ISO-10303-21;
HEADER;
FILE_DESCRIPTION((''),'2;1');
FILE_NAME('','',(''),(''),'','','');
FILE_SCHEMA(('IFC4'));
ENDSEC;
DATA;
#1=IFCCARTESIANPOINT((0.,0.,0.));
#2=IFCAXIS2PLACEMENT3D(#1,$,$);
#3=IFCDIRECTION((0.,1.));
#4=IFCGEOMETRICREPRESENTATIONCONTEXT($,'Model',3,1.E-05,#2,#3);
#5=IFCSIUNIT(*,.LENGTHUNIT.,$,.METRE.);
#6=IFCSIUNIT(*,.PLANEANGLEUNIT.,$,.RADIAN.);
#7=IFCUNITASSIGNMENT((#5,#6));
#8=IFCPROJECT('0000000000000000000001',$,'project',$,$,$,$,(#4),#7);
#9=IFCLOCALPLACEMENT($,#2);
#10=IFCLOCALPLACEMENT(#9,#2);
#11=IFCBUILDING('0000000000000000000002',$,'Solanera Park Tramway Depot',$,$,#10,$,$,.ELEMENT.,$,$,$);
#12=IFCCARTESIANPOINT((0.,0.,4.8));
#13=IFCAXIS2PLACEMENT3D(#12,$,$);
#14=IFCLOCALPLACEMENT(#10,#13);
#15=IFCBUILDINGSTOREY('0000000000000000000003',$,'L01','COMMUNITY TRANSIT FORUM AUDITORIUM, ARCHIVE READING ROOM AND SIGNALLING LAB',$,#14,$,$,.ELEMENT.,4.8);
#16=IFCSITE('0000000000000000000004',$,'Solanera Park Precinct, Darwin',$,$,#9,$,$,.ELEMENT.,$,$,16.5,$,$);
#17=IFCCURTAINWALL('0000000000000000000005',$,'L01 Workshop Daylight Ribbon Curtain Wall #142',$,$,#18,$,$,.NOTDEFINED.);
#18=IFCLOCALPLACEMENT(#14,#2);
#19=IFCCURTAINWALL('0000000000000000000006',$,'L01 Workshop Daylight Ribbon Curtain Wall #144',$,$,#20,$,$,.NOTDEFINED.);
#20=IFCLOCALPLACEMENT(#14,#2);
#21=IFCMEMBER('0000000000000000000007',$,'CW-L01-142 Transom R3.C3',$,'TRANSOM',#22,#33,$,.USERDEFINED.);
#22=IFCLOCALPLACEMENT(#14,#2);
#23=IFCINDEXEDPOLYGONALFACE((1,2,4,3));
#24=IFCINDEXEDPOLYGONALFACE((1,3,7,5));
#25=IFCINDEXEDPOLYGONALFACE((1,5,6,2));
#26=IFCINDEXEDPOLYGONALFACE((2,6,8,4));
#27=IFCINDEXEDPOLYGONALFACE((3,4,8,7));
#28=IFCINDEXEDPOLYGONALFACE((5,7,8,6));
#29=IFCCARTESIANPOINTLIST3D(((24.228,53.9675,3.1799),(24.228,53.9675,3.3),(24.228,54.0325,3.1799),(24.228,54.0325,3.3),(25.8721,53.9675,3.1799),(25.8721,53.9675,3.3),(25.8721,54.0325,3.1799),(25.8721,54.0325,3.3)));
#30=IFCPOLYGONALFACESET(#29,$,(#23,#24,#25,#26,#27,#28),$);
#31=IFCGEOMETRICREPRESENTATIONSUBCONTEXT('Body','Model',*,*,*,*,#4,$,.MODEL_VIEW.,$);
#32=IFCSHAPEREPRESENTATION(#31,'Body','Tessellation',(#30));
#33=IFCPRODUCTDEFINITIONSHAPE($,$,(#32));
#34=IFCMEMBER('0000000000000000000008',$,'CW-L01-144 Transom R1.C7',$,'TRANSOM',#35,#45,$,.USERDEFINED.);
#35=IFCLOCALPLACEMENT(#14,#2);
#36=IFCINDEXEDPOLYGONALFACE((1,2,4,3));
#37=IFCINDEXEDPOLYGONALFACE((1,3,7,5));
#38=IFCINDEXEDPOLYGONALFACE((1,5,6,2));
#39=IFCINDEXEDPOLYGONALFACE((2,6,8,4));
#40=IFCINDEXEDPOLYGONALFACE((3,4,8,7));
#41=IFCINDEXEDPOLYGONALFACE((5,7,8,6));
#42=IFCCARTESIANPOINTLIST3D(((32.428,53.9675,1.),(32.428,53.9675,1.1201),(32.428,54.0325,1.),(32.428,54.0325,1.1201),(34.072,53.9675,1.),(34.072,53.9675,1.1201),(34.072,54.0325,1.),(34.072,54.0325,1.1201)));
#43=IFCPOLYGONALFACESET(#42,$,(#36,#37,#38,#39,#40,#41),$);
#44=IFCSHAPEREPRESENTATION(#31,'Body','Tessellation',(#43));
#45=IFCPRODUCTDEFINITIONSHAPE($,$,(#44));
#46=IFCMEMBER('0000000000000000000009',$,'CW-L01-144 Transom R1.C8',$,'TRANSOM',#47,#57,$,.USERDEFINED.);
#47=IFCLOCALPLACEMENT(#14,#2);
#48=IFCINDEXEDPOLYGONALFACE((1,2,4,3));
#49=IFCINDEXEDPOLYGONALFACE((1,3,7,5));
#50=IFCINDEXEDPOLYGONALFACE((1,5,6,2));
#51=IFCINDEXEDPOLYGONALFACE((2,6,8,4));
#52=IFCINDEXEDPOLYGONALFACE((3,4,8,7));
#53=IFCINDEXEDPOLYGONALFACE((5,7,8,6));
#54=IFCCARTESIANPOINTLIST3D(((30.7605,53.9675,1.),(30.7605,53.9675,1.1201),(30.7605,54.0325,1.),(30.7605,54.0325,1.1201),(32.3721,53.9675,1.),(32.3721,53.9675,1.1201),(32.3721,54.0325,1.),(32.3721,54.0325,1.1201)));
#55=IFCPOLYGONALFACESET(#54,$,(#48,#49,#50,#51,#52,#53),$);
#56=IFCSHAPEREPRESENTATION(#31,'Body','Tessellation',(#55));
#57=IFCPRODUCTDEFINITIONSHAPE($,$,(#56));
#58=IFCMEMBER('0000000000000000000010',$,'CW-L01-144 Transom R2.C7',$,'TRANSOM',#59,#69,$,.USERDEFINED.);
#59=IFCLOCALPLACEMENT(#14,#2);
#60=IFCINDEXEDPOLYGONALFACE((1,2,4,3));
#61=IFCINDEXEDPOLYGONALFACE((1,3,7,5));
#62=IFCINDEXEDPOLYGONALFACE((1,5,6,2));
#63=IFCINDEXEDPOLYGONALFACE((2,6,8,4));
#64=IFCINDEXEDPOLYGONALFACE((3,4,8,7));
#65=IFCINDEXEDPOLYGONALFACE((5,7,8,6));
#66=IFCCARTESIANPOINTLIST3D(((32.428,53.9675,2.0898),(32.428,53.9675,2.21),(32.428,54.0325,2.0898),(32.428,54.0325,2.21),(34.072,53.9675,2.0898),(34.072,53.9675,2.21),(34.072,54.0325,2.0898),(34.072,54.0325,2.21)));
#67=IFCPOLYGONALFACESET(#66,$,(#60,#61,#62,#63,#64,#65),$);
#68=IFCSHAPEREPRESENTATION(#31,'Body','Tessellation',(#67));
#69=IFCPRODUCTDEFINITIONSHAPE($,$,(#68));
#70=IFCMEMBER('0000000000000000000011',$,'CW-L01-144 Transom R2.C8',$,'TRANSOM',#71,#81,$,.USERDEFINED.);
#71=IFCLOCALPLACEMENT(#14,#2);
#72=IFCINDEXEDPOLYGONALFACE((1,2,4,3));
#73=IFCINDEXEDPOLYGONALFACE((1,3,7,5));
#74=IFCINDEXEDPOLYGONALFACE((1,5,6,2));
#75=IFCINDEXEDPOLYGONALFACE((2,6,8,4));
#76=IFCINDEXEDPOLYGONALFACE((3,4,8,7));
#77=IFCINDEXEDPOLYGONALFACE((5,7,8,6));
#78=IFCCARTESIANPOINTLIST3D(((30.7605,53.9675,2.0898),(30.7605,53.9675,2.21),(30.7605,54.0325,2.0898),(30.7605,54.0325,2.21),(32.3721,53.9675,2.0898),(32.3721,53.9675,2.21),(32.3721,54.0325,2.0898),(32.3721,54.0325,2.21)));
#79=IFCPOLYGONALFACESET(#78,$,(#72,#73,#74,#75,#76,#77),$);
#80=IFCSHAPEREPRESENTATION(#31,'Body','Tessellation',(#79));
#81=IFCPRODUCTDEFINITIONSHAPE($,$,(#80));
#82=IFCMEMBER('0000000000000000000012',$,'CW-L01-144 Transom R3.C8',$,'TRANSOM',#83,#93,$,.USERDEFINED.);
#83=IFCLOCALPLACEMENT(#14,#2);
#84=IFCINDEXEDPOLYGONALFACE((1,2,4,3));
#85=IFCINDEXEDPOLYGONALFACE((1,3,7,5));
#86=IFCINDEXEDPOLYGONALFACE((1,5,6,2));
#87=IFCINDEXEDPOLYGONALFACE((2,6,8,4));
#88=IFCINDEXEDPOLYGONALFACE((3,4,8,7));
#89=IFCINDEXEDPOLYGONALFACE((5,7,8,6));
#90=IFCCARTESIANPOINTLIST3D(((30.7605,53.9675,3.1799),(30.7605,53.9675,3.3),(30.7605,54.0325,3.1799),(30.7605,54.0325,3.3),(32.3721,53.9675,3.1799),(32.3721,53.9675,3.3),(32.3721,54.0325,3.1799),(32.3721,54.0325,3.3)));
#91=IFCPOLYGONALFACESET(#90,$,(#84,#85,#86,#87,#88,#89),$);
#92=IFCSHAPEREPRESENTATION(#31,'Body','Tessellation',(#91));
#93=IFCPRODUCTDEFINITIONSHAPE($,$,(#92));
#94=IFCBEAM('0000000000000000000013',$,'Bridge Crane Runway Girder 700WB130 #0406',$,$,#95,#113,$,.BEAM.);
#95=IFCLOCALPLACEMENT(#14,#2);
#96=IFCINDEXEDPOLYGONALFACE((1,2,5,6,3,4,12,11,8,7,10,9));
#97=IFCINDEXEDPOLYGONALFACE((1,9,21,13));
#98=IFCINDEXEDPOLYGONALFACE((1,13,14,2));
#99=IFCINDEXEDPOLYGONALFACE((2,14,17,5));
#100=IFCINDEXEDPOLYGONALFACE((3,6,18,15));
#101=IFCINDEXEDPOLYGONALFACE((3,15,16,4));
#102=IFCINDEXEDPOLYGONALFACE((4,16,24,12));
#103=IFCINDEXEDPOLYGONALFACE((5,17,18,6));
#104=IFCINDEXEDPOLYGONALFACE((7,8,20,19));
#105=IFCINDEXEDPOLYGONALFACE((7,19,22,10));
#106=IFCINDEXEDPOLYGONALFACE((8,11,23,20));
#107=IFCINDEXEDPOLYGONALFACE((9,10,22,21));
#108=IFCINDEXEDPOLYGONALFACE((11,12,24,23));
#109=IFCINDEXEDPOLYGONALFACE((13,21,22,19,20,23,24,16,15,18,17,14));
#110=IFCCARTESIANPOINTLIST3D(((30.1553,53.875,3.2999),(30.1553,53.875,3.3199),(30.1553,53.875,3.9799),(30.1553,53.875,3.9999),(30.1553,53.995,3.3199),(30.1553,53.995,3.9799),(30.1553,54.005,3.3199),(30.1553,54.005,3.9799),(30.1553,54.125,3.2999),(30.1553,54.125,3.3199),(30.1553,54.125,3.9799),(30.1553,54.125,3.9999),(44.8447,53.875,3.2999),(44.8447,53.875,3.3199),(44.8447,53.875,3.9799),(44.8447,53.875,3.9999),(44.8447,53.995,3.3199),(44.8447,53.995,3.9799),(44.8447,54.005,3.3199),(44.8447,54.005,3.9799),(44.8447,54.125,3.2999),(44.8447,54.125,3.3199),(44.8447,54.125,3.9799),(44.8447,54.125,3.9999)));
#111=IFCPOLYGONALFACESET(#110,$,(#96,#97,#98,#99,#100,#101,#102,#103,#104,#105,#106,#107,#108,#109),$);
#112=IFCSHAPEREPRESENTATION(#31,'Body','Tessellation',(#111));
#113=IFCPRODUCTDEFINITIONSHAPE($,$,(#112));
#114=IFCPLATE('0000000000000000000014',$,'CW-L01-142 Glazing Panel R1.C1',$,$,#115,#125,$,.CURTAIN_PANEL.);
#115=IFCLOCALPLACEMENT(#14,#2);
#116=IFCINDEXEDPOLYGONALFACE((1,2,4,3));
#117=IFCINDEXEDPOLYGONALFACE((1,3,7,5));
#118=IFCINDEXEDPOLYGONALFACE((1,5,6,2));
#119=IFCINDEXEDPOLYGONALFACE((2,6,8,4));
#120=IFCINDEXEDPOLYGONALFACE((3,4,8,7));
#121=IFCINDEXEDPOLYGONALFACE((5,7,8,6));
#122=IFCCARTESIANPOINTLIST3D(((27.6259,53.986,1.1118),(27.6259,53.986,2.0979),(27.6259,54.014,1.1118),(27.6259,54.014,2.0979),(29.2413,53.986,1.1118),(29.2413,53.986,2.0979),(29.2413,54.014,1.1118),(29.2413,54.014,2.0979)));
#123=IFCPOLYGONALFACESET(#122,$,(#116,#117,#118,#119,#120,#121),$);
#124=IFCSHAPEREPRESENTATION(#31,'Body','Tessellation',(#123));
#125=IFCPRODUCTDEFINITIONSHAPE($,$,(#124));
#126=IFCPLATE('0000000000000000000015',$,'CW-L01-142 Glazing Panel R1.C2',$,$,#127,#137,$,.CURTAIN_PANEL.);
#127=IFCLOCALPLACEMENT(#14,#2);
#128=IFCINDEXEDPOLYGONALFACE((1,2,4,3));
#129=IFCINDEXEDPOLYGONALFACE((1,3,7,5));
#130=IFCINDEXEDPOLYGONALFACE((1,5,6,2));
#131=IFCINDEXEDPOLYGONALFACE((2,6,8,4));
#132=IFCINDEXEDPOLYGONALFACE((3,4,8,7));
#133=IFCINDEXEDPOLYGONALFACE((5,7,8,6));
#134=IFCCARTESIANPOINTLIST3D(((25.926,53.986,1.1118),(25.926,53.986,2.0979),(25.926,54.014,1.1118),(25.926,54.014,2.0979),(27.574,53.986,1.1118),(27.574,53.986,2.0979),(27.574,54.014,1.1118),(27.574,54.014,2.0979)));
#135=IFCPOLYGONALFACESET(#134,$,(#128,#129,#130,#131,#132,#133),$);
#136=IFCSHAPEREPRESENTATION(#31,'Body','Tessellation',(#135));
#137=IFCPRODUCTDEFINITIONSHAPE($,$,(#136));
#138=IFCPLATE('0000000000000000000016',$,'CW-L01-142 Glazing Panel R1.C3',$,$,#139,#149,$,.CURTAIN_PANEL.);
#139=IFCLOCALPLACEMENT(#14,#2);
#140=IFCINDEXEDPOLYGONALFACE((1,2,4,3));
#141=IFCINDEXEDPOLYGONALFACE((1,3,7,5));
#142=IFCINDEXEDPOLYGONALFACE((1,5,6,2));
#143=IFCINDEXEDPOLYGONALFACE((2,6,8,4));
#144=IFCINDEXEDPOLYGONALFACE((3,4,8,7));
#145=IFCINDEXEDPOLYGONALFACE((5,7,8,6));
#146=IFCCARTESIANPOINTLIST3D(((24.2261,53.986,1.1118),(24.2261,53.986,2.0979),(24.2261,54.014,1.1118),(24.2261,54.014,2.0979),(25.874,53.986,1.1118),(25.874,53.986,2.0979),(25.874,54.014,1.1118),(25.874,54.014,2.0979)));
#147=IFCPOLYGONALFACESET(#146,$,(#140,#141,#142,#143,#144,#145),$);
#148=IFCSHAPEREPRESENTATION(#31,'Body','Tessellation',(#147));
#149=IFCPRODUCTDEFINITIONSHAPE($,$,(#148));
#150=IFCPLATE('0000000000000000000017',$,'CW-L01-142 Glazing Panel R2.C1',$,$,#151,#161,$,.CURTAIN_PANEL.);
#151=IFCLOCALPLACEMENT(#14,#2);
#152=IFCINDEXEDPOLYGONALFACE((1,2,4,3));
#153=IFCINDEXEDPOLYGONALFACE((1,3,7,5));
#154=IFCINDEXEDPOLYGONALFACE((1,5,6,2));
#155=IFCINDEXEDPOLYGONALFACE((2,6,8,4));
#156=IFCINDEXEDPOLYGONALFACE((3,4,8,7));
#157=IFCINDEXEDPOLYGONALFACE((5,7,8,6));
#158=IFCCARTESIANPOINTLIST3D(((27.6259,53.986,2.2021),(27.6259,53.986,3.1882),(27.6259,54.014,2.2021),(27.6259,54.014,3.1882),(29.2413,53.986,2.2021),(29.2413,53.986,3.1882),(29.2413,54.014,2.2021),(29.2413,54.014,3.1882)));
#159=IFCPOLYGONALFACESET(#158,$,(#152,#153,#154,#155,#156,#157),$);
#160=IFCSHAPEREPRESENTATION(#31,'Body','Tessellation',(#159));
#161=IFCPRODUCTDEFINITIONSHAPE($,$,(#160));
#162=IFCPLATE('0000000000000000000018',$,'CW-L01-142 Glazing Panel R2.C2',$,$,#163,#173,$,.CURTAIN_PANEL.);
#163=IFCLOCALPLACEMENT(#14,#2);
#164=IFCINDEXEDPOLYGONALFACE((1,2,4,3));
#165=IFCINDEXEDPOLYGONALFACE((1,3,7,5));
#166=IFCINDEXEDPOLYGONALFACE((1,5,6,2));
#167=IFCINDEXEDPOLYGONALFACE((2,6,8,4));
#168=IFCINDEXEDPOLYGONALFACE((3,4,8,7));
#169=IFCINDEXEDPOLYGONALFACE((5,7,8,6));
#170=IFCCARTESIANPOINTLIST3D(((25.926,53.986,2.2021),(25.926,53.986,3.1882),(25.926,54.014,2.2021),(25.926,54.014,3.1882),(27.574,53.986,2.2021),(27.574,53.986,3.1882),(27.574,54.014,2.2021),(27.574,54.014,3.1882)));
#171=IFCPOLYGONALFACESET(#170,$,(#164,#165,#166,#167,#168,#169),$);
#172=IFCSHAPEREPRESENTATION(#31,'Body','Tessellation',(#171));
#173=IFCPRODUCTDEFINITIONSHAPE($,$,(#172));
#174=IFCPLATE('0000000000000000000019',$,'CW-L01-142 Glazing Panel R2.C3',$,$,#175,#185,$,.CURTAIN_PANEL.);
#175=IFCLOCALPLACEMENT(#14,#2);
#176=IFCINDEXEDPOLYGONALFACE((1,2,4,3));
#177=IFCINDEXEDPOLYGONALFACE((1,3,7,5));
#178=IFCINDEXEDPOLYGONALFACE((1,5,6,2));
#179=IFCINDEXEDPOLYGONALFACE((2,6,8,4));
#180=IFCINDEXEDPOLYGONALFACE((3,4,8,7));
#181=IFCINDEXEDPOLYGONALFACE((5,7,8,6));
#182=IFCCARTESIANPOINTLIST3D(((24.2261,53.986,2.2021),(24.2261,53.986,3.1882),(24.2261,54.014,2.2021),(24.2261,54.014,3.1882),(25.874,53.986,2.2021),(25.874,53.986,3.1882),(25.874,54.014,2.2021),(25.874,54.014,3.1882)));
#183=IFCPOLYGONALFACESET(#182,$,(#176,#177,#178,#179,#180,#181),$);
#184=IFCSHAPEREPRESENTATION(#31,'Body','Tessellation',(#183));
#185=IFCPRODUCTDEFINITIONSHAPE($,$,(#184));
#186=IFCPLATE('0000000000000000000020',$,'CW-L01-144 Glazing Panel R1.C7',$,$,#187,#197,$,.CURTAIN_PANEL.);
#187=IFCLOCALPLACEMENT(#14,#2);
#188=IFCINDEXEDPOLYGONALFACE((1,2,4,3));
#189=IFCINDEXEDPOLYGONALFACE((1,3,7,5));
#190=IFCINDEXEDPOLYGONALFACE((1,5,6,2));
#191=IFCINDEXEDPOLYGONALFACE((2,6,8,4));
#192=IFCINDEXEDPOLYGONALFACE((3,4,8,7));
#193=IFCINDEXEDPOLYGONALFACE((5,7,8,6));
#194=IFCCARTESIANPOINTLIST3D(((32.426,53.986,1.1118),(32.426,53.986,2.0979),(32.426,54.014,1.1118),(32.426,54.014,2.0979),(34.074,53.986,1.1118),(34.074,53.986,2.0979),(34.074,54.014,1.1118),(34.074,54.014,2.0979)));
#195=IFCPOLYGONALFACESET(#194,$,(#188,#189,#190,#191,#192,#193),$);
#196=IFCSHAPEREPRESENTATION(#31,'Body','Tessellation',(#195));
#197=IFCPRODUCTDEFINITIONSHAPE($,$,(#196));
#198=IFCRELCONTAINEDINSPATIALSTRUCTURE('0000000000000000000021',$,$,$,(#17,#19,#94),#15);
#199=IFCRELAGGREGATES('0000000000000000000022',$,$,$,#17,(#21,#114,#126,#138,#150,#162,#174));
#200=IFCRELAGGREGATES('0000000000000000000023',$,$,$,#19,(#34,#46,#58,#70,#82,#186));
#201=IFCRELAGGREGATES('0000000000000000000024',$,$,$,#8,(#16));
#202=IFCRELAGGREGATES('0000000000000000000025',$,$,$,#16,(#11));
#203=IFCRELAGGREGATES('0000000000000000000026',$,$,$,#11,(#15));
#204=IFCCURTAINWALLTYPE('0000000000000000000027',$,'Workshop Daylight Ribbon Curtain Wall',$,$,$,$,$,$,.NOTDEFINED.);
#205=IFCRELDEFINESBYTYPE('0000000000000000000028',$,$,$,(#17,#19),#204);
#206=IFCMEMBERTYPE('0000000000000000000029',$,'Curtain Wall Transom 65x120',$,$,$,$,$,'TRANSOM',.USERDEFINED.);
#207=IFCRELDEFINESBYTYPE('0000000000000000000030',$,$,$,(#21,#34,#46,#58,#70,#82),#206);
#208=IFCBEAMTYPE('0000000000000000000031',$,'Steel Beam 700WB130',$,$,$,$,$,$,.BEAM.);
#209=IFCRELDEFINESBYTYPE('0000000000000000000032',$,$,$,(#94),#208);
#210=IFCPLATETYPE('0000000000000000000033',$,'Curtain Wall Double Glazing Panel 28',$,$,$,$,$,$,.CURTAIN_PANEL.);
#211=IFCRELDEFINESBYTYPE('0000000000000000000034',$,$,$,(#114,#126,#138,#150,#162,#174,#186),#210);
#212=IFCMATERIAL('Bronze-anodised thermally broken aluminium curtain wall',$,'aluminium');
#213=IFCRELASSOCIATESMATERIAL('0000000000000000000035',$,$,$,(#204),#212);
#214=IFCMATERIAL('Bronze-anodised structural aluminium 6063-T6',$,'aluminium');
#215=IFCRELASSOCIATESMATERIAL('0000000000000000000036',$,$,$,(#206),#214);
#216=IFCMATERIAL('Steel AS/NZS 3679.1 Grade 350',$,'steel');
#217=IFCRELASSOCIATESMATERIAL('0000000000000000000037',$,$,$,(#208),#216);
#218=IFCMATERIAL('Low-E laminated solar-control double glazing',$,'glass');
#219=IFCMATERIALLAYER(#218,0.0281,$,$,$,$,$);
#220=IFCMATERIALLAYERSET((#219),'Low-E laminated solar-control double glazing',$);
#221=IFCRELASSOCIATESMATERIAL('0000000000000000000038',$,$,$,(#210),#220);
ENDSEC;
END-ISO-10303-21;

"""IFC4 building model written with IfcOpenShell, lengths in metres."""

from ifc_helpers import new_model, si_unit, direction, frame, origin, origin_2d, place, context, subcontext, project, spatial, rectangle, i_section, extrude, material, layer, layer_set, material_profile, profile_set, type_object, element, aggregate, save


model = new_model("IFC4")

# Units and contexts
model_context = context("Model", 3, precision=1e-05, world=origin(), true_north=direction((0.0, 1.0)))
body_context = subcontext(model_context, "Body", "Model", "MODEL_VIEW")
ifc_project = project(units=[si_unit("LENGTHUNIT", "METRE"), si_unit("PLANEANGLEUNIT", "RADIAN")], contexts=[model_context])

# Site, building, storey
site_placement = place(None, origin())
site = spatial("IfcSite", under=ifc_project, at=site_placement, Name="Solanera Park Precinct, Darwin", CompositionType="ELEMENT", RefElevation=16.5)
building_placement = place(site_placement, origin())
building = spatial("IfcBuilding", under=site, at=building_placement, Name="Solanera Park Tramway Depot", CompositionType="ELEMENT")
storey_placement = place(building_placement, frame((0.0, 0.0, 4.8)))
storey = spatial("IfcBuildingStorey", under=building, at=storey_placement, Name="L01", Description="COMMUNITY TRANSIT FORUM AUDITORIUM, ARCHIVE READING ROOM AND SIGNALLING LAB", CompositionType="ELEMENT", Elevation=4.8)

# Curtain walls
ifc_material_1 = material(Name="Bronze-anodised thermally broken aluminium curtain wall", Category="aluminium")
curtain_wall_type = type_object("IfcCurtainWallType", Name="Workshop Daylight Ribbon Curtain Wall", PredefinedType="NOTDEFINED", material=ifc_material_1)
curtain_wall_1_placement = place(storey_placement, origin())
curtain_wall_1 = element("IfcCurtainWall", 1, at=curtain_wall_1_placement, inside=storey, type_object=curtain_wall_type, Name="L01 Workshop Daylight Ribbon Curtain Wall #142", PredefinedType="NOTDEFINED")
curtain_wall_2_placement = place(storey_placement, origin())
curtain_wall_2 = element("IfcCurtainWall", 2, at=curtain_wall_2_placement, inside=storey, type_object=curtain_wall_type, Name="L01 Workshop Daylight Ribbon Curtain Wall #144", PredefinedType="NOTDEFINED")

# Members
ifc_material_2 = material(Name="Bronze-anodised structural aluminium 6063-T6", Category="aluminium")
ifc_material_profile_1 = material_profile(ifc_material_2, rectangle(XDim=0.0649, YDim=0.1201, at=origin_2d()), Name="Curtain Wall Transom 65x120")
ifc_profile_set_1 = profile_set([ifc_material_profile_1], Name="Bronze-anodised structural aluminium 6063-T6")
member_type_1 = type_object("IfcMemberType", Name="Curtain Wall Transom 65x120", ElementType="TRANSOM", PredefinedType="USERDEFINED", material=ifc_profile_set_1)
member_1_placement = place(storey_placement, frame((25.8721, 54.0, 3.24), z_axis=(-1.0, 0.0, 0.0), x_axis=(0.0, -1.0, 0.0)))
member_1 = element("IfcMember", 3, at=member_1_placement, type_object=member_type_1, Name="CW-L01-142 Transom R3.C3", ObjectType="TRANSOM", PredefinedType="USERDEFINED", context=body_context, shape_type="SweptSolid", body=[
    extrude(rectangle(XDim=0.0649, YDim=0.1201, at=origin_2d()), origin(), (0.0, 0.0, 1.0), 1.644),
])
member_2_placement = place(storey_placement, frame((34.072, 54.0, 1.0601), z_axis=(-1.0, 0.0, 0.0), x_axis=(0.0, -1.0, 0.0)))
member_2 = element("IfcMember", 4, at=member_2_placement, type_object=member_type_1, Name="CW-L01-144 Transom R1.C7", ObjectType="TRANSOM", PredefinedType="USERDEFINED", context=body_context, shape_type="SweptSolid", body=[
    extrude(rectangle(XDim=0.0649, YDim=0.1201, at=origin_2d()), origin(), (0.0, 0.0, 1.0), 1.644),
])
member_3_placement = place(storey_placement, frame((32.3721, 54.0, 1.0601), z_axis=(-1.0, 0.0, 0.0), x_axis=(0.0, -1.0, 0.0)))
member_3 = element("IfcMember", 5, at=member_3_placement, type_object=member_type_1, Name="CW-L01-144 Transom R1.C8", ObjectType="TRANSOM", PredefinedType="USERDEFINED", context=body_context, shape_type="SweptSolid", body=[
    extrude(rectangle(XDim=0.0649, YDim=0.1201, at=origin_2d()), origin(), (0.0, 0.0, 1.0), 1.6116),
])
member_4_placement = place(storey_placement, frame((34.072, 54.0, 2.1499), z_axis=(-1.0, 0.0, 0.0), x_axis=(0.0, -1.0, 0.0)))
member_4 = element("IfcMember", 6, at=member_4_placement, type_object=member_type_1, Name="CW-L01-144 Transom R2.C7", ObjectType="TRANSOM", PredefinedType="USERDEFINED", context=body_context, shape_type="SweptSolid", body=[
    extrude(rectangle(XDim=0.0649, YDim=0.1201, at=origin_2d()), origin(), (0.0, 0.0, 1.0), 1.644),
])
member_5_placement = place(storey_placement, frame((32.3721, 54.0, 2.1499), z_axis=(-1.0, 0.0, 0.0), x_axis=(0.0, -1.0, 0.0)))
member_5 = element("IfcMember", 7, at=member_5_placement, type_object=member_type_1, Name="CW-L01-144 Transom R2.C8", ObjectType="TRANSOM", PredefinedType="USERDEFINED", context=body_context, shape_type="SweptSolid", body=[
    extrude(rectangle(XDim=0.0649, YDim=0.1201, at=origin_2d()), origin(), (0.0, 0.0, 1.0), 1.6116),
])
member_6_placement = place(storey_placement, frame((32.3721, 54.0, 3.24), z_axis=(-1.0, 0.0, 0.0), x_axis=(0.0, -1.0, 0.0)))
member_6 = element("IfcMember", 8, at=member_6_placement, type_object=member_type_1, Name="CW-L01-144 Transom R3.C8", ObjectType="TRANSOM", PredefinedType="USERDEFINED", context=body_context, shape_type="SweptSolid", body=[
    extrude(rectangle(XDim=0.0649, YDim=0.1201, at=origin_2d()), origin(), (0.0, 0.0, 1.0), 1.6116),
])

# Beam
ifc_material_3 = material(Name="Steel AS/NZS 3679.1 Grade 350", Category="steel")
ifc_material_profile_2 = material_profile(ifc_material_3, i_section(OverallWidth=0.25, OverallDepth=0.7, WebThickness=0.01, FlangeThickness=0.02, at=origin_2d()), Name="700WB130")
ifc_profile_set_2 = profile_set([ifc_material_profile_2], Name="Steel AS/NZS 3679.1 Grade 350")
beam_type = type_object("IfcBeamType", Name="Steel Beam 700WB130", PredefinedType="BEAM", material=ifc_profile_set_2)
beam_placement = place(storey_placement, frame((30.1553, 54.0, 3.6499), z_axis=(1.0, 0.0, 0.0), x_axis=(0.0, 1.0, 0.0)))
element("IfcBeam", 9, at=beam_placement, inside=storey, type_object=beam_type, Name="Bridge Crane Runway Girder 700WB130 #0406", PredefinedType="BEAM", context=body_context, shape_type="SweptSolid", body=[
    extrude(i_section(OverallWidth=0.25, OverallDepth=0.7, WebThickness=0.01, FlangeThickness=0.02, at=origin_2d()), origin(), (0.0, 0.0, 1.0), 14.6895),
])

# Plates
ifc_material_4 = material(Name="Low-E laminated solar-control double glazing", Category="glass")
ifc_layer = layer(ifc_material_4, 0.0281)
ifc_layer_set = layer_set([ifc_layer], Name="Low-E laminated solar-control double glazing")
plate_type = type_object("IfcPlateType", Name="Curtain Wall Double Glazing Panel 28", PredefinedType="CURTAIN_PANEL", material=ifc_layer_set)
plate_1_placement = place(storey_placement, frame((28.4336, 54.0, 1.1118), z_axis=(0.0, 0.0, 1.0), x_axis=(-1.0, 0.0, 0.0)))
plate_1 = element("IfcPlate", 10, at=plate_1_placement, type_object=plate_type, Name="CW-L01-142 Glazing Panel R1.C1", PredefinedType="CURTAIN_PANEL", context=body_context, shape_type="SweptSolid", body=[
    extrude(rectangle(XDim=1.6155, YDim=0.0281, at=origin_2d()), origin(), (0.0, 0.0, 1.0), 0.9861),
])
plate_2_placement = place(storey_placement, frame((26.75, 54.0, 1.1118), z_axis=(0.0, 0.0, 1.0), x_axis=(-1.0, 0.0, 0.0)))
plate_2 = element("IfcPlate", 11, at=plate_2_placement, type_object=plate_type, Name="CW-L01-142 Glazing Panel R1.C2", PredefinedType="CURTAIN_PANEL", context=body_context, shape_type="SweptSolid", body=[
    extrude(rectangle(XDim=1.6479, YDim=0.0281, at=origin_2d()), origin(), (0.0, 0.0, 1.0), 0.9861),
])
plate_3_placement = place(storey_placement, frame((25.05, 54.0, 1.1118), z_axis=(0.0, 0.0, 1.0), x_axis=(-1.0, 0.0, 0.0)))
plate_3 = element("IfcPlate", 12, at=plate_3_placement, type_object=plate_type, Name="CW-L01-142 Glazing Panel R1.C3", PredefinedType="CURTAIN_PANEL", context=body_context, shape_type="SweptSolid", body=[
    extrude(rectangle(XDim=1.6479, YDim=0.0281, at=origin_2d()), origin(), (0.0, 0.0, 1.0), 0.9861),
])
plate_4_placement = place(storey_placement, frame((28.4336, 54.0, 2.2021), z_axis=(0.0, 0.0, 1.0), x_axis=(-1.0, 0.0, 0.0)))
plate_4 = element("IfcPlate", 13, at=plate_4_placement, type_object=plate_type, Name="CW-L01-142 Glazing Panel R2.C1", PredefinedType="CURTAIN_PANEL", context=body_context, shape_type="SweptSolid", body=[
    extrude(rectangle(XDim=1.6155, YDim=0.0281, at=origin_2d()), origin(), (0.0, 0.0, 1.0), 0.9861),
])
plate_5_placement = place(storey_placement, frame((26.75, 54.0, 2.2021), z_axis=(0.0, 0.0, 1.0), x_axis=(-1.0, 0.0, 0.0)))
plate_5 = element("IfcPlate", 14, at=plate_5_placement, type_object=plate_type, Name="CW-L01-142 Glazing Panel R2.C2", PredefinedType="CURTAIN_PANEL", context=body_context, shape_type="SweptSolid", body=[
    extrude(rectangle(XDim=1.6479, YDim=0.0281, at=origin_2d()), origin(), (0.0, 0.0, 1.0), 0.9861),
])
plate_6_placement = place(storey_placement, frame((25.05, 54.0, 2.2021), z_axis=(0.0, 0.0, 1.0), x_axis=(-1.0, 0.0, 0.0)))
plate_6 = element("IfcPlate", 15, at=plate_6_placement, type_object=plate_type, Name="CW-L01-142 Glazing Panel R2.C3", PredefinedType="CURTAIN_PANEL", context=body_context, shape_type="SweptSolid", body=[
    extrude(rectangle(XDim=1.6479, YDim=0.0281, at=origin_2d()), origin(), (0.0, 0.0, 1.0), 0.9861),
])
aggregate(curtain_wall_1, [member_1, plate_1, plate_2, plate_3, plate_4, plate_5, plate_6])
plate_7_placement = place(storey_placement, frame((33.25, 54.0, 1.1118), z_axis=(0.0, 0.0, 1.0), x_axis=(-1.0, 0.0, 0.0)))
plate_7 = element("IfcPlate", 16, at=plate_7_placement, type_object=plate_type, Name="CW-L01-144 Glazing Panel R1.C7", PredefinedType="CURTAIN_PANEL", context=body_context, shape_type="SweptSolid", body=[
    extrude(rectangle(XDim=1.6479, YDim=0.0281, at=origin_2d()), origin(), (0.0, 0.0, 1.0), 0.9861),
])
aggregate(curtain_wall_2, [member_2, member_3, member_4, member_5, member_6, plate_7])

save(model, "model.ifc")
